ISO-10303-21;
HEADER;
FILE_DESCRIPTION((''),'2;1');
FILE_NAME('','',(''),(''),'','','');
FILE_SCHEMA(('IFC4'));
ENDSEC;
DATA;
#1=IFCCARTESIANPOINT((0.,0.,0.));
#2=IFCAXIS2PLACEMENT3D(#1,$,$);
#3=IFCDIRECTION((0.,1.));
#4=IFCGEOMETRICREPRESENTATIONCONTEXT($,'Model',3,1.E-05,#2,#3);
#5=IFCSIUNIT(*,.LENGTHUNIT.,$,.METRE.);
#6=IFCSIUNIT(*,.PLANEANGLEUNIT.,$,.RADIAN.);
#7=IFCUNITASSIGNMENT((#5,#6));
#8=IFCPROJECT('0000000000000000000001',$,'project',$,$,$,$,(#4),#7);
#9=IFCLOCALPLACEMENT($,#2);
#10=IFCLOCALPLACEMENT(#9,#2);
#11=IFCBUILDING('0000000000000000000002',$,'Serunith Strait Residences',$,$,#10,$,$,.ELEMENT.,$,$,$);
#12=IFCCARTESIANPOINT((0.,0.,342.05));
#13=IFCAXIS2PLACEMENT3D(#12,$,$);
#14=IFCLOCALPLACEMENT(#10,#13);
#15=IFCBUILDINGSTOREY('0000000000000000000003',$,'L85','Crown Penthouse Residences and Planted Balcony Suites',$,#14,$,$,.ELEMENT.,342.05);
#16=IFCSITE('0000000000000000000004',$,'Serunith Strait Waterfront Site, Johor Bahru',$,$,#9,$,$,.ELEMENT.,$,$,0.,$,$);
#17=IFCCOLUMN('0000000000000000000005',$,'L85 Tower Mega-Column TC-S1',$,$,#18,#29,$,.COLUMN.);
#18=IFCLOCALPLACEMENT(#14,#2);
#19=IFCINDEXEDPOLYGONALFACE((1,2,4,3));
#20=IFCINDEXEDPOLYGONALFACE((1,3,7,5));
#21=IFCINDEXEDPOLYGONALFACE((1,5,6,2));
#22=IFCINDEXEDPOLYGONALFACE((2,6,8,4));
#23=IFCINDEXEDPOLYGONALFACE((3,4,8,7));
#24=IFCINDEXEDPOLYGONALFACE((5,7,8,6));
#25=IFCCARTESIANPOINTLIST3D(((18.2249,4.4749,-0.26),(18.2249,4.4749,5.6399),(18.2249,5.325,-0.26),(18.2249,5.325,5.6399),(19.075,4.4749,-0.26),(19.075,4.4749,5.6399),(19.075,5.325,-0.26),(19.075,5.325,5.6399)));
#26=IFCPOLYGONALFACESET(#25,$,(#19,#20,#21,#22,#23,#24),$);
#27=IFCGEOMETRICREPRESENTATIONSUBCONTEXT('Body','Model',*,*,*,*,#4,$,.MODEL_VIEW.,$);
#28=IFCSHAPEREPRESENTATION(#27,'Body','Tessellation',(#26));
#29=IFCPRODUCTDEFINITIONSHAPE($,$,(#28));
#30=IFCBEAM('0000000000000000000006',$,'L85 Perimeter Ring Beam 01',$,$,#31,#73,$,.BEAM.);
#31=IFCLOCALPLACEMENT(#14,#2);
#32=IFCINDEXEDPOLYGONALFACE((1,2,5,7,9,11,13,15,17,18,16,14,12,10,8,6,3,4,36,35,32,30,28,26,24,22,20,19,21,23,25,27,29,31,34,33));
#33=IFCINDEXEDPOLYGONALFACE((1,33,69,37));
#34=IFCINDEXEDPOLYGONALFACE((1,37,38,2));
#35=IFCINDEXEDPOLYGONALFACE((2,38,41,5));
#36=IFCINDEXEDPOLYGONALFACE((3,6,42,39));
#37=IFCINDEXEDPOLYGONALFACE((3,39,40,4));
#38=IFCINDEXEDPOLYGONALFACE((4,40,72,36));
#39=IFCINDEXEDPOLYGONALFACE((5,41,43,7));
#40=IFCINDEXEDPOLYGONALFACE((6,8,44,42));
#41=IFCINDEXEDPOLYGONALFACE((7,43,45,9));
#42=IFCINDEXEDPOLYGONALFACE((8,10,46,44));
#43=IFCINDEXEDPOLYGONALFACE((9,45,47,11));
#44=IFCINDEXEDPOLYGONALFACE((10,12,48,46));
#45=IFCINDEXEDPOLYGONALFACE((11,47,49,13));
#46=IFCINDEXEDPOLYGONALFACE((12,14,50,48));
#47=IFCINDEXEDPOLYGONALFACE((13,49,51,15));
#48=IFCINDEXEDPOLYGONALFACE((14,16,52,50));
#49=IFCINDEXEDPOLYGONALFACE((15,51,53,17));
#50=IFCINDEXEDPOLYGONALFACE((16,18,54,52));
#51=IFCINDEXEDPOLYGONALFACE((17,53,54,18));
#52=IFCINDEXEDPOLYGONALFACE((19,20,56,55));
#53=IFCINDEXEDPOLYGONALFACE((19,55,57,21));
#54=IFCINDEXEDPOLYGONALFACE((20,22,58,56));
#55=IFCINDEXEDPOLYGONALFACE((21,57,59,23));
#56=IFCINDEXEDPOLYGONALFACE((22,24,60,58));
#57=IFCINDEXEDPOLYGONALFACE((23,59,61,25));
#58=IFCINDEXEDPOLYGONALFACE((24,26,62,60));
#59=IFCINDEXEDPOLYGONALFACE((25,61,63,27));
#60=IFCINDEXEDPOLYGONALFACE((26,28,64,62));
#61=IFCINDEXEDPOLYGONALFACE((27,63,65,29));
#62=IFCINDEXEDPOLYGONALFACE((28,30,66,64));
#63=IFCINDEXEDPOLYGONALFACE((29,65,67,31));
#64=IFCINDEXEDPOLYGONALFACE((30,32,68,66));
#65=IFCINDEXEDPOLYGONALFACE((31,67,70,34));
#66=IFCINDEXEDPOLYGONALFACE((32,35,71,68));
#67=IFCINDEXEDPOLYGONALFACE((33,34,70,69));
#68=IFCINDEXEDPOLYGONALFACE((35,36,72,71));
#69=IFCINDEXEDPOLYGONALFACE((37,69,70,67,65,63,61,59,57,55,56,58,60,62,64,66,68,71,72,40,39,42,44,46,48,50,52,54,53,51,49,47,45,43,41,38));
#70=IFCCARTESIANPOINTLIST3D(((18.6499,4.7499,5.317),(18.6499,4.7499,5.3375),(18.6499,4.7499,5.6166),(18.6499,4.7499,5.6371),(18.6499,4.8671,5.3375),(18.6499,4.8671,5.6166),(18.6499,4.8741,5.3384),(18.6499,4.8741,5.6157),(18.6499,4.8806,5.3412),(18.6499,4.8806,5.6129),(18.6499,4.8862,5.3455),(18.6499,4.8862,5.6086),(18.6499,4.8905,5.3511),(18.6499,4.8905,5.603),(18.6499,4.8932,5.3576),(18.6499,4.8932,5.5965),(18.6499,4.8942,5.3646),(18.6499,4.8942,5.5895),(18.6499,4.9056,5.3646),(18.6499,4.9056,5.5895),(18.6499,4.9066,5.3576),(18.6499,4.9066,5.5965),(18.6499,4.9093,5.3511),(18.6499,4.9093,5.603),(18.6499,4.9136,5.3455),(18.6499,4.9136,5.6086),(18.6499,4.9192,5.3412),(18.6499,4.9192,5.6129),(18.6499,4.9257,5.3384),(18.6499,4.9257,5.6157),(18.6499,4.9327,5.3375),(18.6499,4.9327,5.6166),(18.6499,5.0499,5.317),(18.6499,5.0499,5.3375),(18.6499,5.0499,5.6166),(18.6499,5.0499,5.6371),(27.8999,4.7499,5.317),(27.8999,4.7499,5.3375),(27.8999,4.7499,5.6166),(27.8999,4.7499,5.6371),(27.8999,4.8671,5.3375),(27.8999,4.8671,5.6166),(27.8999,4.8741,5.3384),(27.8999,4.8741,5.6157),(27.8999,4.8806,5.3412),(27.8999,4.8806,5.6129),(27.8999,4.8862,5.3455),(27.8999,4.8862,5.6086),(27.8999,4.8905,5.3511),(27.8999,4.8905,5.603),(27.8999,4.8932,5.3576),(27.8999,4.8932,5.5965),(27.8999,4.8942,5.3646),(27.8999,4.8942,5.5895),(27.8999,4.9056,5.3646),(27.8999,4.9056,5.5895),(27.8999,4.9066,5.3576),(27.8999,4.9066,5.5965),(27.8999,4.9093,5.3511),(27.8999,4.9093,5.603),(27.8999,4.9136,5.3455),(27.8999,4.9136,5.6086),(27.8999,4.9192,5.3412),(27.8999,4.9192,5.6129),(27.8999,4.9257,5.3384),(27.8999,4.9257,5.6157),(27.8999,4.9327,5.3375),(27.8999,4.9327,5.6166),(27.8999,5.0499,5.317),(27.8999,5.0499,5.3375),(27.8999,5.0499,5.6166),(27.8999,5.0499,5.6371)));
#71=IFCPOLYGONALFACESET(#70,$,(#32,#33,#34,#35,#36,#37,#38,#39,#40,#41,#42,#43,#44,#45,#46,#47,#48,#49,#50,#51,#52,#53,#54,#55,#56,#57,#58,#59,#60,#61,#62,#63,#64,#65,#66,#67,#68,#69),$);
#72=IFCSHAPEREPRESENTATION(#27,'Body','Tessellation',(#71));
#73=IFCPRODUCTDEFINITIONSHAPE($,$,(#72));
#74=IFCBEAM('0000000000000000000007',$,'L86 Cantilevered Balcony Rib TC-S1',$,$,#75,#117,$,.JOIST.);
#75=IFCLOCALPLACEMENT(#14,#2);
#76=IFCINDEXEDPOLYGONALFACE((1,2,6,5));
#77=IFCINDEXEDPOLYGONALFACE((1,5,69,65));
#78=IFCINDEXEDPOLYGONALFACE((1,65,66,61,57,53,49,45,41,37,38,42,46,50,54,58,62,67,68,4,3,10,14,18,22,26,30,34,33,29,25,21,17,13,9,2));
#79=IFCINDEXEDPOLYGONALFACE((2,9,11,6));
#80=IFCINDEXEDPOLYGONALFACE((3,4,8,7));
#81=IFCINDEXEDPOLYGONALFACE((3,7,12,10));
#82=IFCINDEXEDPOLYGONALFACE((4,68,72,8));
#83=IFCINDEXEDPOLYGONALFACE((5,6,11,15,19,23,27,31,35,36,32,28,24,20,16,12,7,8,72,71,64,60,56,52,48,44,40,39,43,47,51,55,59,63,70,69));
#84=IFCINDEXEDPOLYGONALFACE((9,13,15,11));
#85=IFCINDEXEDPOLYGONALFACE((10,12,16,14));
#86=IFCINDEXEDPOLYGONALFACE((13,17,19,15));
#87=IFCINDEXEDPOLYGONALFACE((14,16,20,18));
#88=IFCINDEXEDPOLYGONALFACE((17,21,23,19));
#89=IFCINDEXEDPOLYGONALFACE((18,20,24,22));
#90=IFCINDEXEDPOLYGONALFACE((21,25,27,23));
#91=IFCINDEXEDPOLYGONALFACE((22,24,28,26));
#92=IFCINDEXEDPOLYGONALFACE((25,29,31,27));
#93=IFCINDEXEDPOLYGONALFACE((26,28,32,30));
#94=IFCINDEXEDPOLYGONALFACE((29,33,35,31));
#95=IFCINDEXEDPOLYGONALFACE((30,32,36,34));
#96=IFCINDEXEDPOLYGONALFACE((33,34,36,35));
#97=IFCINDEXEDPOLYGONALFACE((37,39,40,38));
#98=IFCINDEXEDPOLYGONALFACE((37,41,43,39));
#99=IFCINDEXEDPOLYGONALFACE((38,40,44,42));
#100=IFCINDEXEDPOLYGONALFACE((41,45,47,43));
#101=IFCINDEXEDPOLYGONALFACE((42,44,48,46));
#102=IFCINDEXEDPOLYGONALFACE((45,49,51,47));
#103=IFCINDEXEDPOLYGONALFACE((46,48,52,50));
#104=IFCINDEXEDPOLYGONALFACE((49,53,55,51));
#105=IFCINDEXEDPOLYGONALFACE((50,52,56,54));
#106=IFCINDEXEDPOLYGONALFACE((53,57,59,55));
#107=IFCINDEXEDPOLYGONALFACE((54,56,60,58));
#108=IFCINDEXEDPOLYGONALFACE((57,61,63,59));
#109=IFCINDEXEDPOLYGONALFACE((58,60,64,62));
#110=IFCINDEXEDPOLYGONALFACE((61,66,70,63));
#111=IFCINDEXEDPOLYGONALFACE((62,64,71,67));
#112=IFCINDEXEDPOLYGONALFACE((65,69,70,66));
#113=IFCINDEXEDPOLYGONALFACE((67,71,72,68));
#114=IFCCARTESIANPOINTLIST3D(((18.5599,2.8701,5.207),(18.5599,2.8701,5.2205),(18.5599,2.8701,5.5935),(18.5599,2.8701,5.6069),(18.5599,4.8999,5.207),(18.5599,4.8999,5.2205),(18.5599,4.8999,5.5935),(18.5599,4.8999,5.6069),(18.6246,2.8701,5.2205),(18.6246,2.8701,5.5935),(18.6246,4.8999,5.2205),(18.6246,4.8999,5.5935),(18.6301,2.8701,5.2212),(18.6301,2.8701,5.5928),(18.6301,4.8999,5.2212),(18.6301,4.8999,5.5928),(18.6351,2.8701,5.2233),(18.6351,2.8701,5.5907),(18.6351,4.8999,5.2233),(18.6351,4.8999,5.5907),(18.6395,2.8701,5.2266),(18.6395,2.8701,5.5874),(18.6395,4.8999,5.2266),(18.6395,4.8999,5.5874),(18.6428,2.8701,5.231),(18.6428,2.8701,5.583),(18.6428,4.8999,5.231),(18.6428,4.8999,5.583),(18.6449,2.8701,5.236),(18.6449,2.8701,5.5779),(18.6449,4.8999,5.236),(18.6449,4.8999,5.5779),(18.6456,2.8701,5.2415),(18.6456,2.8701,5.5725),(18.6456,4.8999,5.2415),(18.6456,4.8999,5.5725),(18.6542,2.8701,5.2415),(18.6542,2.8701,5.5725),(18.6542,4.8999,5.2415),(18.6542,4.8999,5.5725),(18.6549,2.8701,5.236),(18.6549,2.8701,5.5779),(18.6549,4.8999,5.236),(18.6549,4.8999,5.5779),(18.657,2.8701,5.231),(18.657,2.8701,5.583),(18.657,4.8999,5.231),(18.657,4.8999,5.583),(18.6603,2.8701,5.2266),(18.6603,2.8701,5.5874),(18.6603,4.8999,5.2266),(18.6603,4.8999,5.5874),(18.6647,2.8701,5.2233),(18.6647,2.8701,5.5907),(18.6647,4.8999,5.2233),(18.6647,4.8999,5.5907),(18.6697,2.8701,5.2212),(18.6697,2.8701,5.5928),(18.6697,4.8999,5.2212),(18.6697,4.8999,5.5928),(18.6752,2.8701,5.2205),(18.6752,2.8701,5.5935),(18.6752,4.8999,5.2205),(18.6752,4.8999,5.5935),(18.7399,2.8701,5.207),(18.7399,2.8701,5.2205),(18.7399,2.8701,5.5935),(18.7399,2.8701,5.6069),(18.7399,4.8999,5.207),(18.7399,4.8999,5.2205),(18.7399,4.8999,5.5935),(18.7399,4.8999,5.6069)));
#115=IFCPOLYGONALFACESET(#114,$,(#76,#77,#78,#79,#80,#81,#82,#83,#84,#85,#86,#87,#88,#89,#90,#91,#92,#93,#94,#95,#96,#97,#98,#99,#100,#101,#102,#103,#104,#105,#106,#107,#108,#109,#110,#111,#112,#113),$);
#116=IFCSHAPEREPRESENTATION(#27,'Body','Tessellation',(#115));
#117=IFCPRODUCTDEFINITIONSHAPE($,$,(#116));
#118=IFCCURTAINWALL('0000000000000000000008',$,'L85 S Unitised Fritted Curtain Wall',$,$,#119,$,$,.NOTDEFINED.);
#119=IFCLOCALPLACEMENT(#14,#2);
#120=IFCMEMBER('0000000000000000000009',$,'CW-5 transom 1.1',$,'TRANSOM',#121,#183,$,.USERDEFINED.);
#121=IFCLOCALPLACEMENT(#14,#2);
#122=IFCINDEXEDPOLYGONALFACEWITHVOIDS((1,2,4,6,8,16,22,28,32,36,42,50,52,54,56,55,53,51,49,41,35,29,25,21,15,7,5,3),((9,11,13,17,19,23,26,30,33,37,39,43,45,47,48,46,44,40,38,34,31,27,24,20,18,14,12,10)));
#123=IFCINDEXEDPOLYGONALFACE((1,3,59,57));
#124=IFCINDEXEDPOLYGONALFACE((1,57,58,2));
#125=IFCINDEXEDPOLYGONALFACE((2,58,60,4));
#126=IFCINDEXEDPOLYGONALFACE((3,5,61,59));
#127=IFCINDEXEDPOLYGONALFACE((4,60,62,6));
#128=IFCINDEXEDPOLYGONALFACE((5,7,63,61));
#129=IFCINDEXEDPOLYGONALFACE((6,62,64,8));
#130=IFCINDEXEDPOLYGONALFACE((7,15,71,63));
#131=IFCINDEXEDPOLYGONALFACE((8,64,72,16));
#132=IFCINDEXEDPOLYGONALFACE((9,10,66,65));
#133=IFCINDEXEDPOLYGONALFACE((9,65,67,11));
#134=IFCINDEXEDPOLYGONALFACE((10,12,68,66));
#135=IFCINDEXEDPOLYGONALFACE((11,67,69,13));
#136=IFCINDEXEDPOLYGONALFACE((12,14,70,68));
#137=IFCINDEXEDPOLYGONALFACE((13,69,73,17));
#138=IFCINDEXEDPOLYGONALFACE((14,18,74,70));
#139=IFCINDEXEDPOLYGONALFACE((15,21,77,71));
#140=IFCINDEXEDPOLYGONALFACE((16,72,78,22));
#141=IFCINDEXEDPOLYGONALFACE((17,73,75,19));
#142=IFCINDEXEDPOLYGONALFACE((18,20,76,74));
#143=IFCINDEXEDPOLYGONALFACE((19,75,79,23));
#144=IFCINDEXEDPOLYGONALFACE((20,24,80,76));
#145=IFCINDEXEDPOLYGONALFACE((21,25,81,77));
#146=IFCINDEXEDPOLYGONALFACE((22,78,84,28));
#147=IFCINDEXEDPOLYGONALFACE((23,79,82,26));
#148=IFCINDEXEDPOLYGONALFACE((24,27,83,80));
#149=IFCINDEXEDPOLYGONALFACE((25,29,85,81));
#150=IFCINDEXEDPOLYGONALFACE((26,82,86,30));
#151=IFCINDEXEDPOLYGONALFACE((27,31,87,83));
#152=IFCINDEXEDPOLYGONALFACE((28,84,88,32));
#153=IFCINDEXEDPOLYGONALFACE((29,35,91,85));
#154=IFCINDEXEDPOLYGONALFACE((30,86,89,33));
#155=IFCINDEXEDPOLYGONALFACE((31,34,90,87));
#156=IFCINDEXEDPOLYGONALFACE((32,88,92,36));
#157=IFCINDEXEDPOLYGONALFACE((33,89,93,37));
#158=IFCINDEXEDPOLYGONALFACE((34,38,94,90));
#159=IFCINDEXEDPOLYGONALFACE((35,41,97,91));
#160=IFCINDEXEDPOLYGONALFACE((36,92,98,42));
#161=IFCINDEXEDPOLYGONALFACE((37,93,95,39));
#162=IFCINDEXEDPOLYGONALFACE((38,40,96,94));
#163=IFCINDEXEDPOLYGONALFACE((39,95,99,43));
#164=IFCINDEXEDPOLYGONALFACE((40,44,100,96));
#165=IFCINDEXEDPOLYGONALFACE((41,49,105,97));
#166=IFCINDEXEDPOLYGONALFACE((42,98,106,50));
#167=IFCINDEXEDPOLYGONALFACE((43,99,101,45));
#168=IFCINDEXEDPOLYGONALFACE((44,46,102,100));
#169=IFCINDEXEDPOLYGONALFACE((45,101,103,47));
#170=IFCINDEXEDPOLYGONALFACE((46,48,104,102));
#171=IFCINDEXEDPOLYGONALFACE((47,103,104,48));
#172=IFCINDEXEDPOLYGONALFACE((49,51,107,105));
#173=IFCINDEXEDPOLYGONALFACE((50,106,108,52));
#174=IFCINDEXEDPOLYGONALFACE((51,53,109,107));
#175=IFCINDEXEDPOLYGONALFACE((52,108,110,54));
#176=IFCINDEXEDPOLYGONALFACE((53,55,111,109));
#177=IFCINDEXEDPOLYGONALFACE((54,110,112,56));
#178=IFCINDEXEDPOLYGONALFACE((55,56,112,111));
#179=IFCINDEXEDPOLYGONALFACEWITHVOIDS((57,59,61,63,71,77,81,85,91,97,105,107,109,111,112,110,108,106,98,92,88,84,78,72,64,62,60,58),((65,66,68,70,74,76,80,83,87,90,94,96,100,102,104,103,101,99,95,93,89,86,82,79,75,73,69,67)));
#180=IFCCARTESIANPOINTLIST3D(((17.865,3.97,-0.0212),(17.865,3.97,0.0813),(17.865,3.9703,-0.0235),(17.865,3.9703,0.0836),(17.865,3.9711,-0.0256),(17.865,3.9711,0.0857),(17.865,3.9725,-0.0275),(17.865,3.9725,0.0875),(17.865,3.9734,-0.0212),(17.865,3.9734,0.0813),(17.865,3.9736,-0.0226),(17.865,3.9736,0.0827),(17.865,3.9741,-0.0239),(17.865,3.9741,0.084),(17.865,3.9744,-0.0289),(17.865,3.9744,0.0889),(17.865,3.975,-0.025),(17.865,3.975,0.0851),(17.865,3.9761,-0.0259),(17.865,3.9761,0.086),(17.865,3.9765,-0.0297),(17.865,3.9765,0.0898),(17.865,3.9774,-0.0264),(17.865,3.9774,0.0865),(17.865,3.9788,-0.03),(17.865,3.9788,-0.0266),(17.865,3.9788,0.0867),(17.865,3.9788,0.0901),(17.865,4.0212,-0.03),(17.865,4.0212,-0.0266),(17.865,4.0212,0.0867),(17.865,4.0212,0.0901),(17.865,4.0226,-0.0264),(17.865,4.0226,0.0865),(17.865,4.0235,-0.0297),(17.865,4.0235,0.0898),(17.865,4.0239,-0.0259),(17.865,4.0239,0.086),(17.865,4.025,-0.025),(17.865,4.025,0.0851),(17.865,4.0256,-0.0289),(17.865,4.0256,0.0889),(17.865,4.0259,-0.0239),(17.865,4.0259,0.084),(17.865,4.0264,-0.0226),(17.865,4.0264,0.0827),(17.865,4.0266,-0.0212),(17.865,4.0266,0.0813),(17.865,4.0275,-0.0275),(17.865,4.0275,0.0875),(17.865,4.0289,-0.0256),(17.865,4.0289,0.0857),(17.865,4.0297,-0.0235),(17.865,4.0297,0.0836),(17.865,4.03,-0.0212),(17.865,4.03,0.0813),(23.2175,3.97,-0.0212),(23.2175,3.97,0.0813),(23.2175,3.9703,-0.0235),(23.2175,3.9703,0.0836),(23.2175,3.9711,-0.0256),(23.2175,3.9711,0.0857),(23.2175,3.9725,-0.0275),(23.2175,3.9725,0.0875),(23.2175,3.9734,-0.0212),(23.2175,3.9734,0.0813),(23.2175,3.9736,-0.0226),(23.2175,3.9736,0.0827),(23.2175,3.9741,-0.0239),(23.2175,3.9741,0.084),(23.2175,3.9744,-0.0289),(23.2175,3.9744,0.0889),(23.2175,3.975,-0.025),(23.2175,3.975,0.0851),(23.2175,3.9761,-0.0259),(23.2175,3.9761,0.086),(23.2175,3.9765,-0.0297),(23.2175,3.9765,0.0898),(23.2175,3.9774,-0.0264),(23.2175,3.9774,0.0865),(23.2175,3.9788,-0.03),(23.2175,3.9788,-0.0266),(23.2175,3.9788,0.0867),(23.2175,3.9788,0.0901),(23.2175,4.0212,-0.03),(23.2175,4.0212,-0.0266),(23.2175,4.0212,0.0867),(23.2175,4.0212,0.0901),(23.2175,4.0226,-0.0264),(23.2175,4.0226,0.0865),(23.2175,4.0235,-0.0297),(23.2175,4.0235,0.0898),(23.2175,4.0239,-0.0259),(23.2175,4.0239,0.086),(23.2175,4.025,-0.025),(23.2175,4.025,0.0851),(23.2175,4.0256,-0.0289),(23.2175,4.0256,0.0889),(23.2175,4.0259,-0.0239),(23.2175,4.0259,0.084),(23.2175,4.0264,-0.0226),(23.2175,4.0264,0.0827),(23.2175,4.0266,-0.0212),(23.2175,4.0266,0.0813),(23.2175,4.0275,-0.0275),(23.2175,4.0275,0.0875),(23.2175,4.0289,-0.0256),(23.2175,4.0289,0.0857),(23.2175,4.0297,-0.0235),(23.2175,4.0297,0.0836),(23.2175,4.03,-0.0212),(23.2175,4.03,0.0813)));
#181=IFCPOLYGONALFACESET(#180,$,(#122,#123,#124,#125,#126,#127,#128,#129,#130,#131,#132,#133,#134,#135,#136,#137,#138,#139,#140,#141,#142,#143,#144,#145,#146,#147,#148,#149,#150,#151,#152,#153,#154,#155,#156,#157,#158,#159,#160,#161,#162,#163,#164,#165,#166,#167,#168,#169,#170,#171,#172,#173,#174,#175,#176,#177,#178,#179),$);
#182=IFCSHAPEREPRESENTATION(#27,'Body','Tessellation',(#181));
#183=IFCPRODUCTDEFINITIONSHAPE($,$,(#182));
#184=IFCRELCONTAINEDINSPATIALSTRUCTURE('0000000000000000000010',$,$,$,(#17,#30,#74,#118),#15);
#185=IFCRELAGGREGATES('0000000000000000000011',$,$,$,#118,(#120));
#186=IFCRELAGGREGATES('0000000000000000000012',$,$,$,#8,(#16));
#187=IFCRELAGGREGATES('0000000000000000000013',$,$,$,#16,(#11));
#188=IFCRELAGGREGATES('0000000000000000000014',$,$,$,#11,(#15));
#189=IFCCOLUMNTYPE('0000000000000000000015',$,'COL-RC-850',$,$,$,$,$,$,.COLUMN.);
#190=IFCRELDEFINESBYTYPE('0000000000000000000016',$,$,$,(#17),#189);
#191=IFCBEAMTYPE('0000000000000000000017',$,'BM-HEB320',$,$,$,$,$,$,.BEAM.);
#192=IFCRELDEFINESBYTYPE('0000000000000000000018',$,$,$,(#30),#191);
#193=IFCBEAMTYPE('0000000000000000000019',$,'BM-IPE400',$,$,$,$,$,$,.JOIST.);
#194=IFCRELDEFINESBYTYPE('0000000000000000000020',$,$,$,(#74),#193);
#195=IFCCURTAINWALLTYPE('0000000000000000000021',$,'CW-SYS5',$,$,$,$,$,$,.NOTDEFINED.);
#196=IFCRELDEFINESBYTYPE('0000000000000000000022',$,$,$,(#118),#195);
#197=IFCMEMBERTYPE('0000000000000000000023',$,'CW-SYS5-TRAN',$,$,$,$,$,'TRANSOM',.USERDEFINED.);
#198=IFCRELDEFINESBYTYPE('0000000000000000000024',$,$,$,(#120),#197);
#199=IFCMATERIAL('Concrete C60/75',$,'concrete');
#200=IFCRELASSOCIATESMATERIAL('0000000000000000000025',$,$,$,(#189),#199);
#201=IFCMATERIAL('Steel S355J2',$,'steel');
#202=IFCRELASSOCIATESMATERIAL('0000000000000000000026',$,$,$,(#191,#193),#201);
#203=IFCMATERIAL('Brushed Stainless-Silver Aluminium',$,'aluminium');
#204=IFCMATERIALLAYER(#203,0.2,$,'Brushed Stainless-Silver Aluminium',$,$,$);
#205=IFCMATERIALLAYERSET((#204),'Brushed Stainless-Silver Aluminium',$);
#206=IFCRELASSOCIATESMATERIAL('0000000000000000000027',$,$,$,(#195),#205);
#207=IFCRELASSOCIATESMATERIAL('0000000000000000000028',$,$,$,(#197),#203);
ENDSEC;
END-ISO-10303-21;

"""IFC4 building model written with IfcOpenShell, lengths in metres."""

from ifc_helpers import new_model, si_unit, direction, frame, origin, origin_2d, place, context, subcontext, project, spatial, rectangle, hollow_rectangle, i_section, extrude, source, transform, mapped, material, layer, layer_set, material_profile, profile_set, type_object, element, aggregate, save


model = new_model("IFC4")

# Units and contexts
model_context = context("Model", 3, precision=1e-05, world=origin(), true_north=direction((0.0, 1.0)))
body_context = subcontext(model_context, "Body", "Model", "MODEL_VIEW")
ifc_project = project(units=[si_unit("LENGTHUNIT", "METRE"), si_unit("PLANEANGLEUNIT", "RADIAN")], contexts=[model_context])

# Site, building, storey
site_placement = place(None, origin())
site = spatial("IfcSite", under=ifc_project, at=site_placement, Name="Serunith Strait Waterfront Site, Johor Bahru", CompositionType="ELEMENT", RefElevation=0.0)
building_placement = place(site_placement, origin())
building = spatial("IfcBuilding", under=site, at=building_placement, Name="Serunith Strait Residences", CompositionType="ELEMENT")
storey_placement = place(building_placement, frame((0.0, 0.0, 342.05)))
storey = spatial("IfcBuildingStorey", under=building, at=storey_placement, Name="L85", Description="Crown Penthouse Residences and Planted Balcony Suites", CompositionType="ELEMENT", Elevation=342.05)

# Column
ifc_material_1 = material(Name="Concrete C60/75", Category="concrete")
ifc_material_profile_1 = material_profile(ifc_material_1, rectangle(XDim=0.8501, YDim=0.8501, at=origin_2d()), Name="RC 850x850")
ifc_profile_set_1 = profile_set([ifc_material_profile_1], Name="Concrete C60/75")
column_type = type_object("IfcColumnType", Name="COL-RC-850", PredefinedType="COLUMN", material=ifc_profile_set_1)
shared_shape_1 = source(origin(), body_context, "Body", "SweptSolid", [
    extrude(rectangle(XDim=0.8501, YDim=0.8501, at=origin_2d()), origin(), (0.0, 0.0, 1.0), 5.8999),
])
column_placement = place(storey_placement, frame((18.6499, 4.8999, -0.26), z_axis=(0.0, 0.0, 1.0), x_axis=(1.0, 0.0, 0.0)))
element("IfcColumn", 1, at=column_placement, inside=storey, type_object=column_type, Name="L85 Tower Mega-Column TC-S1", PredefinedType="COLUMN", context=body_context, shape_type="MappedRepresentation", body=[
    mapped(shared_shape_1, transform((0.0, 0.0, 0.0), scale=1.0)),
])

# Beams
ifc_material_2 = material(Name="Steel S355J2", Category="steel")
ifc_material_profile_2 = material_profile(ifc_material_2, i_section(OverallWidth=0.3, OverallDepth=0.3201, WebThickness=0.0115, FlangeThickness=0.0205, FilletRadius=0.0271, at=origin_2d()), Name="HEB 320")
ifc_profile_set_2 = profile_set([ifc_material_profile_2], Name="Steel S355J2")
beam_type_1 = type_object("IfcBeamType", Name="BM-HEB320", PredefinedType="BEAM", material=ifc_profile_set_2)
shared_shape_2 = source(origin(), body_context, "Body", "SweptSolid", [
    extrude(i_section(OverallWidth=0.3, OverallDepth=0.3201, WebThickness=0.0115, FlangeThickness=0.0205, FilletRadius=0.0271, at=origin_2d()), origin(), (0.0, 0.0, 1.0), 9.25),
])
beam_1_placement = place(storey_placement, frame((18.6499, 4.8999, 5.4771), z_axis=(1.0, 0.0, 0.0), x_axis=(0.0, 1.0, 0.0)))
element("IfcBeam", 2, at=beam_1_placement, inside=storey, type_object=beam_type_1, Name="L85 Perimeter Ring Beam 01", PredefinedType="BEAM", context=body_context, shape_type="MappedRepresentation", body=[
    mapped(shared_shape_2, transform((0.0, 0.0, 0.0), scale=1.0)),
])
ifc_material_profile_3 = material_profile(ifc_material_2, i_section(OverallWidth=0.1799, OverallDepth=0.3999, WebThickness=0.0085, FlangeThickness=0.0134, FilletRadius=0.021, at=origin_2d()), Name="IPE 400")
ifc_profile_set_3 = profile_set([ifc_material_profile_3], Name="Steel S355J2")
beam_type_2 = type_object("IfcBeamType", Name="BM-IPE400", PredefinedType="JOIST", material=ifc_profile_set_3)
shared_shape_3 = source(origin(), body_context, "Body", "SweptSolid", [
    extrude(i_section(OverallWidth=0.1799, OverallDepth=0.3999, WebThickness=0.0085, FlangeThickness=0.0134, FilletRadius=0.021, at=origin_2d()), origin(), (0.0, 0.0, 1.0), 2.0298),
])
beam_2_placement = place(storey_placement, frame((18.6499, 4.8999, 5.407), z_axis=(0.0, -1.0, 0.0), x_axis=(1.0, 0.0, 0.0)))
element("IfcBeam", 3, at=beam_2_placement, inside=storey, type_object=beam_type_2, Name="L86 Cantilevered Balcony Rib TC-S1", PredefinedType="JOIST", context=body_context, shape_type="MappedRepresentation", body=[
    mapped(shared_shape_3, transform((0.0, 0.0, 0.0), scale=1.0)),
])

# Curtain wall, member
ifc_material_3 = material(Name="Brushed Stainless-Silver Aluminium", Category="aluminium")
ifc_layer_1 = layer(ifc_material_3, 0.2, Name="Brushed Stainless-Silver Aluminium")
ifc_layer_set_1 = layer_set([ifc_layer_1], Name="Brushed Stainless-Silver Aluminium")
curtain_wall_type = type_object("IfcCurtainWallType", Name="CW-SYS5", PredefinedType="NOTDEFINED", material=ifc_layer_set_1)
curtain_wall_1_placement = place(storey_placement, origin())
curtain_wall_1 = element("IfcCurtainWall", 4, at=curtain_wall_1_placement, inside=storey, type_object=curtain_wall_type, Name="L85 S Unitised Fritted Curtain Wall", PredefinedType="NOTDEFINED")
ifc_material_profile_4 = material_profile(ifc_material_3, hollow_rectangle(XDim=0.0601, YDim=0.1201, WallThickness=0.0034, InnerFilletRadius=0.0054, OuterFilletRadius=0.0088, at=origin_2d()), Name="ALU 120x60x3.5")
ifc_profile_set_4 = profile_set([ifc_material_profile_4], Name="Brushed Stainless-Silver Aluminium")
member_type_1 = type_object("IfcMemberType", Name="CW-SYS5-TRAN", ElementType="TRANSOM", PredefinedType="USERDEFINED", material=ifc_profile_set_4)
shared_shape_4 = source(origin(), body_context, "Body", "SweptSolid", [
    extrude(hollow_rectangle(XDim=0.0601, YDim=0.1201, WallThickness=0.0034, InnerFilletRadius=0.0054, OuterFilletRadius=0.0088, at=origin_2d()), origin(), (0.0, 0.0, 1.0), 5.3525),
])
member_1_placement = place(storey_placement, frame((17.865, 4.0, 0.03), z_axis=(1.0, 0.0, 0.0), x_axis=(0.0, 1.0, 0.0)))
member_1 = element("IfcMember", 5, at=member_1_placement, type_object=member_type_1, Name="CW-5 transom 1.1", ObjectType="TRANSOM", PredefinedType="USERDEFINED", context=body_context, shape_type="MappedRepresentation", body=[
    mapped(shared_shape_4, transform((0.0, 0.0, 0.0), scale=1.0)),
])
aggregate(curtain_wall_1, [member_1])

save(model, "model.ifc")
